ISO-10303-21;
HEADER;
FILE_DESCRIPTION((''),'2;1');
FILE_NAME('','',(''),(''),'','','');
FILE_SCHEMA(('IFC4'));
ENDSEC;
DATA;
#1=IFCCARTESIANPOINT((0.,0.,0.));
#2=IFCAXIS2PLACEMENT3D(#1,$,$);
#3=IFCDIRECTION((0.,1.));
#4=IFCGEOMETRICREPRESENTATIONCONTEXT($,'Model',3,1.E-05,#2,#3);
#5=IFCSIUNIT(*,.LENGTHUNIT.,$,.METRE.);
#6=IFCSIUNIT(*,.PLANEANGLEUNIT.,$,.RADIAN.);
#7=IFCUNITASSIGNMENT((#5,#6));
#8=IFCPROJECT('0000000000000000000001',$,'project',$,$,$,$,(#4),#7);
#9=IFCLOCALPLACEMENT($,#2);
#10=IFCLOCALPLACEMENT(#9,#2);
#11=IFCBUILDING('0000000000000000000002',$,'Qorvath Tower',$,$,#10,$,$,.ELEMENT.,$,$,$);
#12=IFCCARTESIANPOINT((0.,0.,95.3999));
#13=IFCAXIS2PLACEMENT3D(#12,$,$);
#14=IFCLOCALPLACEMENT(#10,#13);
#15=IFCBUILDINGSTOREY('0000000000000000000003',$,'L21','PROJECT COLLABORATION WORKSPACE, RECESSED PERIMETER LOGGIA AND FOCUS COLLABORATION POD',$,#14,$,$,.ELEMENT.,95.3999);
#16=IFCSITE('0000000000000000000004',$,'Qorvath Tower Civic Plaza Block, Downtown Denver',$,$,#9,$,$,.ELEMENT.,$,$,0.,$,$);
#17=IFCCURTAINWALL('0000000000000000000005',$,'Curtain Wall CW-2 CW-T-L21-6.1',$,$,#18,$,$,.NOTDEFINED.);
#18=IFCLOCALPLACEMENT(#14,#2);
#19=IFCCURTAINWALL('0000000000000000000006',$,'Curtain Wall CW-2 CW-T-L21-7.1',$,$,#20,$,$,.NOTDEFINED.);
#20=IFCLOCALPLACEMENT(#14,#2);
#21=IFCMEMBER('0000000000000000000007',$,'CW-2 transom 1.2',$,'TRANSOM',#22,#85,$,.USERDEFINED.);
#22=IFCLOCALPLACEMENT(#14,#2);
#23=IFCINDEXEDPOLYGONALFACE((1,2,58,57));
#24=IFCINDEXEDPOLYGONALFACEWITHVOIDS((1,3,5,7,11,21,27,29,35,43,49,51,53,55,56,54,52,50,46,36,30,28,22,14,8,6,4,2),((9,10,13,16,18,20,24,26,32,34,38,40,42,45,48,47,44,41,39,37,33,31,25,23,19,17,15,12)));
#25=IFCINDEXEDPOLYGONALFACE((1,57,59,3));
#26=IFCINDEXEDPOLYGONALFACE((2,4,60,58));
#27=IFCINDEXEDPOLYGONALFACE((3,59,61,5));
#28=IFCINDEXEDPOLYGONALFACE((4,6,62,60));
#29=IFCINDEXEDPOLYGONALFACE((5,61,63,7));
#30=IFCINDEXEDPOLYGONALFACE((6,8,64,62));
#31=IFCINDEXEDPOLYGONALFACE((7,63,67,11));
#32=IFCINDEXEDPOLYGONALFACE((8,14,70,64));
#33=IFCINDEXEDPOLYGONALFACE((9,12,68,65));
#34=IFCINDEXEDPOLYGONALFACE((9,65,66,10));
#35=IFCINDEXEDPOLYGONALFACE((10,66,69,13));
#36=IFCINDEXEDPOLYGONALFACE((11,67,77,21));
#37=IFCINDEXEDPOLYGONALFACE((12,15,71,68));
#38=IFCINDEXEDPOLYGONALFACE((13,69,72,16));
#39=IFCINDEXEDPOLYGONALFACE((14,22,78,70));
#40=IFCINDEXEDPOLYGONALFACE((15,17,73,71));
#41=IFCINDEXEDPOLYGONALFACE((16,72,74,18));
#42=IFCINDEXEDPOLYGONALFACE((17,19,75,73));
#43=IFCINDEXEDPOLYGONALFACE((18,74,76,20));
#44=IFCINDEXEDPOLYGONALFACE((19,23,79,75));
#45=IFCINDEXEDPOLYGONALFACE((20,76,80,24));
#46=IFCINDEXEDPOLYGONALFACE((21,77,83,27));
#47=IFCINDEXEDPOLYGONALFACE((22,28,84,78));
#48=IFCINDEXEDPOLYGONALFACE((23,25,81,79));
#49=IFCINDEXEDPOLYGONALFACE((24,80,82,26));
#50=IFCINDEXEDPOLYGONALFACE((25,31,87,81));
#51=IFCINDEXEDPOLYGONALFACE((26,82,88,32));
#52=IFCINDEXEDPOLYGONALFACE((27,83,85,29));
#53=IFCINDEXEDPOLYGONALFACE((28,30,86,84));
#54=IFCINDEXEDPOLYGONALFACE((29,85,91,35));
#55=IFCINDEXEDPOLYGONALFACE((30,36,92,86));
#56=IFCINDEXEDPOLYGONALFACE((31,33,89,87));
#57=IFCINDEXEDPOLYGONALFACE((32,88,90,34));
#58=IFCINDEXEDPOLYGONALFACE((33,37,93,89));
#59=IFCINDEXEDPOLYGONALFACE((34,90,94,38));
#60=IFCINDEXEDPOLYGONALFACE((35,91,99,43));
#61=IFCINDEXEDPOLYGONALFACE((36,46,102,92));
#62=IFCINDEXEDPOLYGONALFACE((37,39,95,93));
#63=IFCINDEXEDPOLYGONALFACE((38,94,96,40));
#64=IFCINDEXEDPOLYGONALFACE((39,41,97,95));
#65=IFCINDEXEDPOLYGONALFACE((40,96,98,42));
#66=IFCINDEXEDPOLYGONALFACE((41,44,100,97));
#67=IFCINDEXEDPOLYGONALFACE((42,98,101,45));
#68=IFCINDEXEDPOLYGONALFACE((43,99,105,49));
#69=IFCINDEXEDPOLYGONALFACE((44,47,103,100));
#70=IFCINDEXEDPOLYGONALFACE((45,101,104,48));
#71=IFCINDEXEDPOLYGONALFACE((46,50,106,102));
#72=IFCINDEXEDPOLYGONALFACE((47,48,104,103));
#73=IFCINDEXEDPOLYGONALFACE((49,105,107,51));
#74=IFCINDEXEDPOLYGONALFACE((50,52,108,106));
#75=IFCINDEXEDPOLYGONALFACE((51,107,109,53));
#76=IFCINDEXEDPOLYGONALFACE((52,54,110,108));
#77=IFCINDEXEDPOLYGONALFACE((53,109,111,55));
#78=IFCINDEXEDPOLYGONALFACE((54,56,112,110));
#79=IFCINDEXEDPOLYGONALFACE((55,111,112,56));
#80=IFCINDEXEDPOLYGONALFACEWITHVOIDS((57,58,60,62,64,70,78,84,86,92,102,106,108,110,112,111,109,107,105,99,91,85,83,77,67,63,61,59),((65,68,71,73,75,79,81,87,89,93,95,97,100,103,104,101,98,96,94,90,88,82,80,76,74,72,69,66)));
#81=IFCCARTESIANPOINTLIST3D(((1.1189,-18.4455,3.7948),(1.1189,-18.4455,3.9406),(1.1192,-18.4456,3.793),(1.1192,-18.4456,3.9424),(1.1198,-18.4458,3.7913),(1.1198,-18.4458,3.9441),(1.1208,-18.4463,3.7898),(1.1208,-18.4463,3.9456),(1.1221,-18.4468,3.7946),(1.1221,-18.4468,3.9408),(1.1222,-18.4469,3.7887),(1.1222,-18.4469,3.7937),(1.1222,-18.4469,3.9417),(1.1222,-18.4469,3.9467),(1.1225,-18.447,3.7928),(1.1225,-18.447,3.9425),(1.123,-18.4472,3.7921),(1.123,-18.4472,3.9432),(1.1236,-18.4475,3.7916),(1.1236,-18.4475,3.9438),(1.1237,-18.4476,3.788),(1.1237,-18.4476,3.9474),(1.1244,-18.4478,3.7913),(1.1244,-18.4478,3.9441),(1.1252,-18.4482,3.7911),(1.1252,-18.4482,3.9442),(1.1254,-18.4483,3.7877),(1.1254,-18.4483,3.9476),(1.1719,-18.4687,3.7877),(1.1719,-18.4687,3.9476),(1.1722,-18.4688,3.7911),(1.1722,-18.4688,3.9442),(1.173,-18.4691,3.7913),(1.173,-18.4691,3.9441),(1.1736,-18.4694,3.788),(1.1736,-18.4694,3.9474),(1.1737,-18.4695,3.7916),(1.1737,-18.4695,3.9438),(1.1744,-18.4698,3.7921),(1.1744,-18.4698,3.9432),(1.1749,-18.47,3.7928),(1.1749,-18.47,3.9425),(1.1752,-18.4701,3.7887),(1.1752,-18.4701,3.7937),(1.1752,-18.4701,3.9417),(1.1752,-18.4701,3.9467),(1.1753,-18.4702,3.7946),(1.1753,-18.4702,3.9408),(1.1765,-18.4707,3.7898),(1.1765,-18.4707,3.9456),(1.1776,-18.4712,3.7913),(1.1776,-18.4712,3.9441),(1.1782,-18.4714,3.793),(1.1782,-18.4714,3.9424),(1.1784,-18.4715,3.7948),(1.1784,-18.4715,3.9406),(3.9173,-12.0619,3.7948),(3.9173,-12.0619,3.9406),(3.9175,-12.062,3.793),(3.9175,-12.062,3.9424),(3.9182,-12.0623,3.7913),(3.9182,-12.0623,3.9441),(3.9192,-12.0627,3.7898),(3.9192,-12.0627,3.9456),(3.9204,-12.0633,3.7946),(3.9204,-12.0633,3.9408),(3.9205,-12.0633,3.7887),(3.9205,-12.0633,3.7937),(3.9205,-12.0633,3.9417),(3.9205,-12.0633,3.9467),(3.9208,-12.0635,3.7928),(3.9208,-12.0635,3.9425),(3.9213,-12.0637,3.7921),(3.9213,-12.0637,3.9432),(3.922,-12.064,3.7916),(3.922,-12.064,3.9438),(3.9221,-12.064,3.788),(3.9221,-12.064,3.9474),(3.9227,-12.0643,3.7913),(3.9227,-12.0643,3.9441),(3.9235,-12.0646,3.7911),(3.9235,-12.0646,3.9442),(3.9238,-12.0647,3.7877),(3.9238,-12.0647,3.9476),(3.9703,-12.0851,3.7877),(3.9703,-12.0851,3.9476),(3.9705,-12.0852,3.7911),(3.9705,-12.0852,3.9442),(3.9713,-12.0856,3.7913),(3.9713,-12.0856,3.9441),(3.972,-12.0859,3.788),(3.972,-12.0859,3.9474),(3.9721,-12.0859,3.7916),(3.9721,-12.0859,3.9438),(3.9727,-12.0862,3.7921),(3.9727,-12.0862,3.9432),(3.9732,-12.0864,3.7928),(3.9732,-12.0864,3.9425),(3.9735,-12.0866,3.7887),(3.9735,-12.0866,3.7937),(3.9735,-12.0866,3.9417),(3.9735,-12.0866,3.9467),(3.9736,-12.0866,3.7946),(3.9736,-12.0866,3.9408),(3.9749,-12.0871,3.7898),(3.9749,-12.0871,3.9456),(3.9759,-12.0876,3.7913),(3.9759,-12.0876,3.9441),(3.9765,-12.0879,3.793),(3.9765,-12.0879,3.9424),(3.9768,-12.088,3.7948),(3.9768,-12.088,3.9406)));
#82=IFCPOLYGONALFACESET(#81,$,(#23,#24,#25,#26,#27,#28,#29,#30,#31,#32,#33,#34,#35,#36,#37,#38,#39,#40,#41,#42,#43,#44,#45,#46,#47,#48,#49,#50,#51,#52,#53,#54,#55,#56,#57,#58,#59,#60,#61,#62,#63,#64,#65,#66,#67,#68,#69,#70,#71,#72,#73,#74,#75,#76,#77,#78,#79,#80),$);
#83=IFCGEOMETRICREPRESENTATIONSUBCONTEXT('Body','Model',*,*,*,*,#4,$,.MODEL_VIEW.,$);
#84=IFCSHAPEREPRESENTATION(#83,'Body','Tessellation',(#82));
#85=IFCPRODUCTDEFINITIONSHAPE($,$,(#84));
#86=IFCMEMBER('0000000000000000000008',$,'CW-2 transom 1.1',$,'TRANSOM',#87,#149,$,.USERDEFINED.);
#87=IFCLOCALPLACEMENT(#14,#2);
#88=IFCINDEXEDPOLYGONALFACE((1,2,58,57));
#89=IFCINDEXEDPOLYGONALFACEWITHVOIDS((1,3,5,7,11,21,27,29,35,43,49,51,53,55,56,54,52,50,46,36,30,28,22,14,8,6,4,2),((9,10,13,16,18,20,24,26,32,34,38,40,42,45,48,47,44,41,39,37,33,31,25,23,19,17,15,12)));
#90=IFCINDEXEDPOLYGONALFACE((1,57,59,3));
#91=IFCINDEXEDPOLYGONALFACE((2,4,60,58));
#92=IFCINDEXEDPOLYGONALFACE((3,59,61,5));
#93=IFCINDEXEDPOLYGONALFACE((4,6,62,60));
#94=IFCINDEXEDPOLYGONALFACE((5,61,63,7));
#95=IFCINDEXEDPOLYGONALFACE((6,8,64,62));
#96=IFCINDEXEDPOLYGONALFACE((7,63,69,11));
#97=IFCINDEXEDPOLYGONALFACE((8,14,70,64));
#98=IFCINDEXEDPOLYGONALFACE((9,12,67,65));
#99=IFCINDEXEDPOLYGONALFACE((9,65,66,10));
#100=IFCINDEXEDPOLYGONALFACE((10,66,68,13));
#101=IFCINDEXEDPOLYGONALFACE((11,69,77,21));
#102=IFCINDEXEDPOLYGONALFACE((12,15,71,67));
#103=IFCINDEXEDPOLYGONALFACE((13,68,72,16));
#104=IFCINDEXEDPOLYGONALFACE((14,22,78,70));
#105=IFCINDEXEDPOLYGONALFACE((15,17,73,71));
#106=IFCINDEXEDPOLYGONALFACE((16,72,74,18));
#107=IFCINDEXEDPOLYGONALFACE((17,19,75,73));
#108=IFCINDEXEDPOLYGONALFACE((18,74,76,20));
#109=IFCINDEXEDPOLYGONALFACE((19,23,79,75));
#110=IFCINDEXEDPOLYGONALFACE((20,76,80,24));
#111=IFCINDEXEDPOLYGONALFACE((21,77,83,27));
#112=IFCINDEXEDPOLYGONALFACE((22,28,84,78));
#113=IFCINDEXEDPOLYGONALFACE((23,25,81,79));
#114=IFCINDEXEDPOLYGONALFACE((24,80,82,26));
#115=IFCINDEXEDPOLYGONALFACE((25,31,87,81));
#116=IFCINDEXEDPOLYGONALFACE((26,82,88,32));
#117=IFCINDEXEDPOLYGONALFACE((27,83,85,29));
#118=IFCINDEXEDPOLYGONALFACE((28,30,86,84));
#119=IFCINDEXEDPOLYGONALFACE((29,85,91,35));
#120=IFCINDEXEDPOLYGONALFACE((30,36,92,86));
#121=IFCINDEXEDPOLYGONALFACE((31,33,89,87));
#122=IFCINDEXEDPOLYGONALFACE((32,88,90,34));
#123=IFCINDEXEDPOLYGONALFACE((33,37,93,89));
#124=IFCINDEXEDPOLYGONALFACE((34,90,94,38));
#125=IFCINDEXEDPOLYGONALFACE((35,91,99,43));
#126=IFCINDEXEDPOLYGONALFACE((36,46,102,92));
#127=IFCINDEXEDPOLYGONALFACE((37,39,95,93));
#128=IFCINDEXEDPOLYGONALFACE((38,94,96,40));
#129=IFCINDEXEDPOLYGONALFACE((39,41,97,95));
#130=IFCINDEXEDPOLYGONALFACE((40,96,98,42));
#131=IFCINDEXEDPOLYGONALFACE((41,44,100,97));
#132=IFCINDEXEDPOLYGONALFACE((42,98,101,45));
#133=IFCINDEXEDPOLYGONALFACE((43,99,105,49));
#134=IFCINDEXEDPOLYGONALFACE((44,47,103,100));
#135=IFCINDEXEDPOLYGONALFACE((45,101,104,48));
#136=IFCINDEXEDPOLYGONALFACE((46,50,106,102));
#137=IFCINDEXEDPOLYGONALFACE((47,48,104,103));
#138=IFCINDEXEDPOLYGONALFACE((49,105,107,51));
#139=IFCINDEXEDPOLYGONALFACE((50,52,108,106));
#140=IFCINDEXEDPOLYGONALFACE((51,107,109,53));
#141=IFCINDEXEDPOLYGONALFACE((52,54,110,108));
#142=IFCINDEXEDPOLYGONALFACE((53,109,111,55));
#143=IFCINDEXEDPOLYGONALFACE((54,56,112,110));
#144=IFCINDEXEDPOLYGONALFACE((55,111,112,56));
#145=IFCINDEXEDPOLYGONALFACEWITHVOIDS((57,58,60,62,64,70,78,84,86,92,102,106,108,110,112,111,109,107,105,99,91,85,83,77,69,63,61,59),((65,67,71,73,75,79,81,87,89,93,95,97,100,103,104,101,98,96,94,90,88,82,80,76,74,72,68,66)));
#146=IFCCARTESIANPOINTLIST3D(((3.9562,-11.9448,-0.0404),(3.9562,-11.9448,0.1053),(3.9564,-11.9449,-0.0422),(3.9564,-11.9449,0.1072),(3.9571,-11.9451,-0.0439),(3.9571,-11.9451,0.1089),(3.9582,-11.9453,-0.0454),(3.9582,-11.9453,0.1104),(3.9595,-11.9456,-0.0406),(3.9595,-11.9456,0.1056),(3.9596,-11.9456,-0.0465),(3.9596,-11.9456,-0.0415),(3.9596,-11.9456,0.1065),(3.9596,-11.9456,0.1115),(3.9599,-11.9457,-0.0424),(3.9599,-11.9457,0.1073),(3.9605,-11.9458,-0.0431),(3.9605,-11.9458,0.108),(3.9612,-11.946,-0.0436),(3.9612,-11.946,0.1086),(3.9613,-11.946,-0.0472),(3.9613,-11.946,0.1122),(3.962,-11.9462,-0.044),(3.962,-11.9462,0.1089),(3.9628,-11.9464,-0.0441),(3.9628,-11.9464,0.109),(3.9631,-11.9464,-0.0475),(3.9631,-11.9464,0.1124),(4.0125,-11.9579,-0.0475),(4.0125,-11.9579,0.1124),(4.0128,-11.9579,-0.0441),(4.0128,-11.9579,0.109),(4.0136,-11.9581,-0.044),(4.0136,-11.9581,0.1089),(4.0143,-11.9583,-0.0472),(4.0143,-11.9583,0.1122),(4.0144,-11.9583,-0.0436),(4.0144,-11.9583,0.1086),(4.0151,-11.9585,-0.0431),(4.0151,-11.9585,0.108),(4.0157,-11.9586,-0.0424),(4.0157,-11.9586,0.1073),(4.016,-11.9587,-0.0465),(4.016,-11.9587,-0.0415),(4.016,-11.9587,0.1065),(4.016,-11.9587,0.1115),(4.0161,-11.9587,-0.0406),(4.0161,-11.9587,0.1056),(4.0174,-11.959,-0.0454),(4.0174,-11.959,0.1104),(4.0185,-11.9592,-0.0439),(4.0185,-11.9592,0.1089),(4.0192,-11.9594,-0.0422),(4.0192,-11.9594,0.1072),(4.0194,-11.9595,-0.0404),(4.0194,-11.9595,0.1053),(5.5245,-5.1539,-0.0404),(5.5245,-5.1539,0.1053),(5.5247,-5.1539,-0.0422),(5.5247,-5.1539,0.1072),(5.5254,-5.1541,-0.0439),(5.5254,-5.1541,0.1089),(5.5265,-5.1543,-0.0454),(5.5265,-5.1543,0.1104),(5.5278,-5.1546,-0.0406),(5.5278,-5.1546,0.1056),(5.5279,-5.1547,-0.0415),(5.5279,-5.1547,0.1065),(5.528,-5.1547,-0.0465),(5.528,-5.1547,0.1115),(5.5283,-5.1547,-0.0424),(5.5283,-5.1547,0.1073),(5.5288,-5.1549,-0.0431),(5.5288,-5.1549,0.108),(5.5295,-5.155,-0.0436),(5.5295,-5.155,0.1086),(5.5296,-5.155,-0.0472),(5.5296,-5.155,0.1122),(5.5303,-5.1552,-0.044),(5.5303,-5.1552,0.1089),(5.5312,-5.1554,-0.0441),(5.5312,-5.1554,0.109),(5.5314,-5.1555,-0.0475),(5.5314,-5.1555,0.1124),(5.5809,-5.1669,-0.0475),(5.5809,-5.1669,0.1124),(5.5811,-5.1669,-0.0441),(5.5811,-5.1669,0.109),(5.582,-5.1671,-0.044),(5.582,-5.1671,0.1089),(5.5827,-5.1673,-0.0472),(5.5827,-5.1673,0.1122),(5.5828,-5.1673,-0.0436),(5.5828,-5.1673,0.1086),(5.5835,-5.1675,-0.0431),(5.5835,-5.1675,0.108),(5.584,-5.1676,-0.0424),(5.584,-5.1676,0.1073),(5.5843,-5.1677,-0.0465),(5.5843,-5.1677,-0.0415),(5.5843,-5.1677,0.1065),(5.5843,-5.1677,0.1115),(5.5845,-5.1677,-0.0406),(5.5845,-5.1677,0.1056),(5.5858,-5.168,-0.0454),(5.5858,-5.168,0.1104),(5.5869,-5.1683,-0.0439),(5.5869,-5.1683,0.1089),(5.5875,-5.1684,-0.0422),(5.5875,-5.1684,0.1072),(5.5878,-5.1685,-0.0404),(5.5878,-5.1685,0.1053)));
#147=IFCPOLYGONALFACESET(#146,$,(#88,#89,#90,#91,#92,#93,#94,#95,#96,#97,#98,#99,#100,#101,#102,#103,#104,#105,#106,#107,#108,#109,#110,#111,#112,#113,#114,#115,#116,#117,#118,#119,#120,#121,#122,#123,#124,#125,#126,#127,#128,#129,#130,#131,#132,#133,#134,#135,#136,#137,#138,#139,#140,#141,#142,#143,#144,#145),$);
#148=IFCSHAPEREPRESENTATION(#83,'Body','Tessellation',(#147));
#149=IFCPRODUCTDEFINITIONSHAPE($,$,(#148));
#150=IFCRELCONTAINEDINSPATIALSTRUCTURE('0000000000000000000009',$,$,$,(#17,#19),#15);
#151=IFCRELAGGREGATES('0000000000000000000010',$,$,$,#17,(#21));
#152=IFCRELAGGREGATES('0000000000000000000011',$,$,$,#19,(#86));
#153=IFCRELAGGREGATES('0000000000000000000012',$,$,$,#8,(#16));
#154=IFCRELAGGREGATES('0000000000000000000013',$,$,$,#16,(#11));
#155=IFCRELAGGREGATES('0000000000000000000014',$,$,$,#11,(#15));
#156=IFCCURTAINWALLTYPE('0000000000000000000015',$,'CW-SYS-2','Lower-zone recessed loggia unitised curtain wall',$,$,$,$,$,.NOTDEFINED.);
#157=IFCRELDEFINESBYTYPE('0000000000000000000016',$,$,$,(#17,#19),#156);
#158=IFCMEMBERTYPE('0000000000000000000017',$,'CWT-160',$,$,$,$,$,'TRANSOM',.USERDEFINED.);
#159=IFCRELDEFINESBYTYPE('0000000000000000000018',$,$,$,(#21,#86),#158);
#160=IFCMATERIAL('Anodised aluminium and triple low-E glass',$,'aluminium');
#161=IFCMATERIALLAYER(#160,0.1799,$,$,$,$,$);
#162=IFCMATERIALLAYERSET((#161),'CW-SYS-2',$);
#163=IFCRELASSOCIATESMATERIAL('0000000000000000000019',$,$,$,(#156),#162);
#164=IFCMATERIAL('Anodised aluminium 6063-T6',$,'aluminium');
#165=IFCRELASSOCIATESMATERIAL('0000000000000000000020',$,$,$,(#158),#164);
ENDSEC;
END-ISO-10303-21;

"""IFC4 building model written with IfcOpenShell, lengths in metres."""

from ifc_helpers import new_model, si_unit, direction, frame, origin, origin_2d, place, context, subcontext, project, spatial, hollow_rectangle, extrude, material, layer, layer_set, material_profile, profile_set, type_object, element, aggregate, save


model = new_model("IFC4")

# Units and contexts
model_context = context("Model", 3, precision=1e-05, world=origin(), true_north=direction((0.0, 1.0)))
body_context = subcontext(model_context, "Body", "Model", "MODEL_VIEW")
ifc_project = project(units=[si_unit("LENGTHUNIT", "METRE"), si_unit("PLANEANGLEUNIT", "RADIAN")], contexts=[model_context])

# Site, building, storey
site_placement = place(None, origin())
site = spatial("IfcSite", under=ifc_project, at=site_placement, Name="Qorvath Tower Civic Plaza Block, Downtown Denver", CompositionType="ELEMENT", RefElevation=0.0)
building_placement = place(site_placement, origin())
building = spatial("IfcBuilding", under=site, at=building_placement, Name="Qorvath Tower", CompositionType="ELEMENT")
storey_placement = place(building_placement, frame((0.0, 0.0, 95.3999)))
storey = spatial("IfcBuildingStorey", under=building, at=storey_placement, Name="L21", Description="PROJECT COLLABORATION WORKSPACE, RECESSED PERIMETER LOGGIA AND FOCUS COLLABORATION POD", CompositionType="ELEMENT", Elevation=95.3999)

# Curtain wall
ifc_material_1 = material(Name="Anodised aluminium and triple low-E glass", Category="aluminium")
ifc_layer_1 = layer(ifc_material_1, 0.1799)
ifc_layer_set_1 = layer_set([ifc_layer_1], Name="CW-SYS-2")
curtain_wall_type = type_object("IfcCurtainWallType", Name="CW-SYS-2", Description="Lower-zone recessed loggia unitised curtain wall", PredefinedType="NOTDEFINED", material=ifc_layer_set_1)
curtain_wall_1_placement = place(storey_placement, origin())
curtain_wall_1 = element("IfcCurtainWall", 1, at=curtain_wall_1_placement, inside=storey, type_object=curtain_wall_type, Name="Curtain Wall CW-2 CW-T-L21-6.1", PredefinedType="NOTDEFINED")

# Curtain wall
curtain_wall_2_placement = place(storey_placement, origin())
curtain_wall_2 = element("IfcCurtainWall", 2, at=curtain_wall_2_placement, inside=storey, type_object=curtain_wall_type, Name="Curtain Wall CW-2 CW-T-L21-7.1", PredefinedType="NOTDEFINED")

# Members
ifc_material_2 = material(Name="Anodised aluminium 6063-T6", Category="aluminium")
ifc_material_profile_1 = material_profile(ifc_material_2, hollow_rectangle(XDim=0.0649, YDim=0.1599, WallThickness=0.0034, InnerFilletRadius=0.0034, OuterFilletRadius=0.0071, at=origin_2d()), Name="CWT 160x65")
ifc_profile_set_1 = profile_set([ifc_material_profile_1], Name="Anodised aluminium 6063-T6")
member_type_1 = type_object("IfcMemberType", Name="CWT-160", ElementType="TRANSOM", PredefinedType="USERDEFINED", material=ifc_profile_set_1)
member_1_placement = place(storey_placement, frame((1.1487, -18.4585, 3.8677), z_axis=(0.401486, 0.915865, 0.0), x_axis=(-0.915865, 0.401486, 0.0)))
member_1 = element("IfcMember", 3, at=member_1_placement, type_object=member_type_1, Name="CW-2 transom 1.2", ObjectType="TRANSOM", PredefinedType="USERDEFINED", context=body_context, shape_type="SweptSolid", body=[
    extrude(hollow_rectangle(XDim=0.0649, YDim=0.1599, WallThickness=0.0034, InnerFilletRadius=0.0034, OuterFilletRadius=0.0071, at=origin_2d()), origin(), (0.0, 0.0, 1.0), 6.97),
])
member_2_placement = place(storey_placement, frame((3.9878, -11.9521, 0.0325), z_axis=(0.225023, 0.974353, 0.0), x_axis=(-0.974353, 0.225023, 0.0)))
member_2 = element("IfcMember", 4, at=member_2_placement, type_object=member_type_1, Name="CW-2 transom 1.1", ObjectType="TRANSOM", PredefinedType="USERDEFINED", context=body_context, shape_type="SweptSolid", body=[
    extrude(hollow_rectangle(XDim=0.0649, YDim=0.1599, WallThickness=0.0034, InnerFilletRadius=0.0034, OuterFilletRadius=0.0071, at=origin_2d()), origin(), (0.0, 0.0, 1.0), 6.9697),
])

aggregate(curtain_wall_1, [member_1])
aggregate(curtain_wall_2, [member_2])

save(model, "model.ifc")
